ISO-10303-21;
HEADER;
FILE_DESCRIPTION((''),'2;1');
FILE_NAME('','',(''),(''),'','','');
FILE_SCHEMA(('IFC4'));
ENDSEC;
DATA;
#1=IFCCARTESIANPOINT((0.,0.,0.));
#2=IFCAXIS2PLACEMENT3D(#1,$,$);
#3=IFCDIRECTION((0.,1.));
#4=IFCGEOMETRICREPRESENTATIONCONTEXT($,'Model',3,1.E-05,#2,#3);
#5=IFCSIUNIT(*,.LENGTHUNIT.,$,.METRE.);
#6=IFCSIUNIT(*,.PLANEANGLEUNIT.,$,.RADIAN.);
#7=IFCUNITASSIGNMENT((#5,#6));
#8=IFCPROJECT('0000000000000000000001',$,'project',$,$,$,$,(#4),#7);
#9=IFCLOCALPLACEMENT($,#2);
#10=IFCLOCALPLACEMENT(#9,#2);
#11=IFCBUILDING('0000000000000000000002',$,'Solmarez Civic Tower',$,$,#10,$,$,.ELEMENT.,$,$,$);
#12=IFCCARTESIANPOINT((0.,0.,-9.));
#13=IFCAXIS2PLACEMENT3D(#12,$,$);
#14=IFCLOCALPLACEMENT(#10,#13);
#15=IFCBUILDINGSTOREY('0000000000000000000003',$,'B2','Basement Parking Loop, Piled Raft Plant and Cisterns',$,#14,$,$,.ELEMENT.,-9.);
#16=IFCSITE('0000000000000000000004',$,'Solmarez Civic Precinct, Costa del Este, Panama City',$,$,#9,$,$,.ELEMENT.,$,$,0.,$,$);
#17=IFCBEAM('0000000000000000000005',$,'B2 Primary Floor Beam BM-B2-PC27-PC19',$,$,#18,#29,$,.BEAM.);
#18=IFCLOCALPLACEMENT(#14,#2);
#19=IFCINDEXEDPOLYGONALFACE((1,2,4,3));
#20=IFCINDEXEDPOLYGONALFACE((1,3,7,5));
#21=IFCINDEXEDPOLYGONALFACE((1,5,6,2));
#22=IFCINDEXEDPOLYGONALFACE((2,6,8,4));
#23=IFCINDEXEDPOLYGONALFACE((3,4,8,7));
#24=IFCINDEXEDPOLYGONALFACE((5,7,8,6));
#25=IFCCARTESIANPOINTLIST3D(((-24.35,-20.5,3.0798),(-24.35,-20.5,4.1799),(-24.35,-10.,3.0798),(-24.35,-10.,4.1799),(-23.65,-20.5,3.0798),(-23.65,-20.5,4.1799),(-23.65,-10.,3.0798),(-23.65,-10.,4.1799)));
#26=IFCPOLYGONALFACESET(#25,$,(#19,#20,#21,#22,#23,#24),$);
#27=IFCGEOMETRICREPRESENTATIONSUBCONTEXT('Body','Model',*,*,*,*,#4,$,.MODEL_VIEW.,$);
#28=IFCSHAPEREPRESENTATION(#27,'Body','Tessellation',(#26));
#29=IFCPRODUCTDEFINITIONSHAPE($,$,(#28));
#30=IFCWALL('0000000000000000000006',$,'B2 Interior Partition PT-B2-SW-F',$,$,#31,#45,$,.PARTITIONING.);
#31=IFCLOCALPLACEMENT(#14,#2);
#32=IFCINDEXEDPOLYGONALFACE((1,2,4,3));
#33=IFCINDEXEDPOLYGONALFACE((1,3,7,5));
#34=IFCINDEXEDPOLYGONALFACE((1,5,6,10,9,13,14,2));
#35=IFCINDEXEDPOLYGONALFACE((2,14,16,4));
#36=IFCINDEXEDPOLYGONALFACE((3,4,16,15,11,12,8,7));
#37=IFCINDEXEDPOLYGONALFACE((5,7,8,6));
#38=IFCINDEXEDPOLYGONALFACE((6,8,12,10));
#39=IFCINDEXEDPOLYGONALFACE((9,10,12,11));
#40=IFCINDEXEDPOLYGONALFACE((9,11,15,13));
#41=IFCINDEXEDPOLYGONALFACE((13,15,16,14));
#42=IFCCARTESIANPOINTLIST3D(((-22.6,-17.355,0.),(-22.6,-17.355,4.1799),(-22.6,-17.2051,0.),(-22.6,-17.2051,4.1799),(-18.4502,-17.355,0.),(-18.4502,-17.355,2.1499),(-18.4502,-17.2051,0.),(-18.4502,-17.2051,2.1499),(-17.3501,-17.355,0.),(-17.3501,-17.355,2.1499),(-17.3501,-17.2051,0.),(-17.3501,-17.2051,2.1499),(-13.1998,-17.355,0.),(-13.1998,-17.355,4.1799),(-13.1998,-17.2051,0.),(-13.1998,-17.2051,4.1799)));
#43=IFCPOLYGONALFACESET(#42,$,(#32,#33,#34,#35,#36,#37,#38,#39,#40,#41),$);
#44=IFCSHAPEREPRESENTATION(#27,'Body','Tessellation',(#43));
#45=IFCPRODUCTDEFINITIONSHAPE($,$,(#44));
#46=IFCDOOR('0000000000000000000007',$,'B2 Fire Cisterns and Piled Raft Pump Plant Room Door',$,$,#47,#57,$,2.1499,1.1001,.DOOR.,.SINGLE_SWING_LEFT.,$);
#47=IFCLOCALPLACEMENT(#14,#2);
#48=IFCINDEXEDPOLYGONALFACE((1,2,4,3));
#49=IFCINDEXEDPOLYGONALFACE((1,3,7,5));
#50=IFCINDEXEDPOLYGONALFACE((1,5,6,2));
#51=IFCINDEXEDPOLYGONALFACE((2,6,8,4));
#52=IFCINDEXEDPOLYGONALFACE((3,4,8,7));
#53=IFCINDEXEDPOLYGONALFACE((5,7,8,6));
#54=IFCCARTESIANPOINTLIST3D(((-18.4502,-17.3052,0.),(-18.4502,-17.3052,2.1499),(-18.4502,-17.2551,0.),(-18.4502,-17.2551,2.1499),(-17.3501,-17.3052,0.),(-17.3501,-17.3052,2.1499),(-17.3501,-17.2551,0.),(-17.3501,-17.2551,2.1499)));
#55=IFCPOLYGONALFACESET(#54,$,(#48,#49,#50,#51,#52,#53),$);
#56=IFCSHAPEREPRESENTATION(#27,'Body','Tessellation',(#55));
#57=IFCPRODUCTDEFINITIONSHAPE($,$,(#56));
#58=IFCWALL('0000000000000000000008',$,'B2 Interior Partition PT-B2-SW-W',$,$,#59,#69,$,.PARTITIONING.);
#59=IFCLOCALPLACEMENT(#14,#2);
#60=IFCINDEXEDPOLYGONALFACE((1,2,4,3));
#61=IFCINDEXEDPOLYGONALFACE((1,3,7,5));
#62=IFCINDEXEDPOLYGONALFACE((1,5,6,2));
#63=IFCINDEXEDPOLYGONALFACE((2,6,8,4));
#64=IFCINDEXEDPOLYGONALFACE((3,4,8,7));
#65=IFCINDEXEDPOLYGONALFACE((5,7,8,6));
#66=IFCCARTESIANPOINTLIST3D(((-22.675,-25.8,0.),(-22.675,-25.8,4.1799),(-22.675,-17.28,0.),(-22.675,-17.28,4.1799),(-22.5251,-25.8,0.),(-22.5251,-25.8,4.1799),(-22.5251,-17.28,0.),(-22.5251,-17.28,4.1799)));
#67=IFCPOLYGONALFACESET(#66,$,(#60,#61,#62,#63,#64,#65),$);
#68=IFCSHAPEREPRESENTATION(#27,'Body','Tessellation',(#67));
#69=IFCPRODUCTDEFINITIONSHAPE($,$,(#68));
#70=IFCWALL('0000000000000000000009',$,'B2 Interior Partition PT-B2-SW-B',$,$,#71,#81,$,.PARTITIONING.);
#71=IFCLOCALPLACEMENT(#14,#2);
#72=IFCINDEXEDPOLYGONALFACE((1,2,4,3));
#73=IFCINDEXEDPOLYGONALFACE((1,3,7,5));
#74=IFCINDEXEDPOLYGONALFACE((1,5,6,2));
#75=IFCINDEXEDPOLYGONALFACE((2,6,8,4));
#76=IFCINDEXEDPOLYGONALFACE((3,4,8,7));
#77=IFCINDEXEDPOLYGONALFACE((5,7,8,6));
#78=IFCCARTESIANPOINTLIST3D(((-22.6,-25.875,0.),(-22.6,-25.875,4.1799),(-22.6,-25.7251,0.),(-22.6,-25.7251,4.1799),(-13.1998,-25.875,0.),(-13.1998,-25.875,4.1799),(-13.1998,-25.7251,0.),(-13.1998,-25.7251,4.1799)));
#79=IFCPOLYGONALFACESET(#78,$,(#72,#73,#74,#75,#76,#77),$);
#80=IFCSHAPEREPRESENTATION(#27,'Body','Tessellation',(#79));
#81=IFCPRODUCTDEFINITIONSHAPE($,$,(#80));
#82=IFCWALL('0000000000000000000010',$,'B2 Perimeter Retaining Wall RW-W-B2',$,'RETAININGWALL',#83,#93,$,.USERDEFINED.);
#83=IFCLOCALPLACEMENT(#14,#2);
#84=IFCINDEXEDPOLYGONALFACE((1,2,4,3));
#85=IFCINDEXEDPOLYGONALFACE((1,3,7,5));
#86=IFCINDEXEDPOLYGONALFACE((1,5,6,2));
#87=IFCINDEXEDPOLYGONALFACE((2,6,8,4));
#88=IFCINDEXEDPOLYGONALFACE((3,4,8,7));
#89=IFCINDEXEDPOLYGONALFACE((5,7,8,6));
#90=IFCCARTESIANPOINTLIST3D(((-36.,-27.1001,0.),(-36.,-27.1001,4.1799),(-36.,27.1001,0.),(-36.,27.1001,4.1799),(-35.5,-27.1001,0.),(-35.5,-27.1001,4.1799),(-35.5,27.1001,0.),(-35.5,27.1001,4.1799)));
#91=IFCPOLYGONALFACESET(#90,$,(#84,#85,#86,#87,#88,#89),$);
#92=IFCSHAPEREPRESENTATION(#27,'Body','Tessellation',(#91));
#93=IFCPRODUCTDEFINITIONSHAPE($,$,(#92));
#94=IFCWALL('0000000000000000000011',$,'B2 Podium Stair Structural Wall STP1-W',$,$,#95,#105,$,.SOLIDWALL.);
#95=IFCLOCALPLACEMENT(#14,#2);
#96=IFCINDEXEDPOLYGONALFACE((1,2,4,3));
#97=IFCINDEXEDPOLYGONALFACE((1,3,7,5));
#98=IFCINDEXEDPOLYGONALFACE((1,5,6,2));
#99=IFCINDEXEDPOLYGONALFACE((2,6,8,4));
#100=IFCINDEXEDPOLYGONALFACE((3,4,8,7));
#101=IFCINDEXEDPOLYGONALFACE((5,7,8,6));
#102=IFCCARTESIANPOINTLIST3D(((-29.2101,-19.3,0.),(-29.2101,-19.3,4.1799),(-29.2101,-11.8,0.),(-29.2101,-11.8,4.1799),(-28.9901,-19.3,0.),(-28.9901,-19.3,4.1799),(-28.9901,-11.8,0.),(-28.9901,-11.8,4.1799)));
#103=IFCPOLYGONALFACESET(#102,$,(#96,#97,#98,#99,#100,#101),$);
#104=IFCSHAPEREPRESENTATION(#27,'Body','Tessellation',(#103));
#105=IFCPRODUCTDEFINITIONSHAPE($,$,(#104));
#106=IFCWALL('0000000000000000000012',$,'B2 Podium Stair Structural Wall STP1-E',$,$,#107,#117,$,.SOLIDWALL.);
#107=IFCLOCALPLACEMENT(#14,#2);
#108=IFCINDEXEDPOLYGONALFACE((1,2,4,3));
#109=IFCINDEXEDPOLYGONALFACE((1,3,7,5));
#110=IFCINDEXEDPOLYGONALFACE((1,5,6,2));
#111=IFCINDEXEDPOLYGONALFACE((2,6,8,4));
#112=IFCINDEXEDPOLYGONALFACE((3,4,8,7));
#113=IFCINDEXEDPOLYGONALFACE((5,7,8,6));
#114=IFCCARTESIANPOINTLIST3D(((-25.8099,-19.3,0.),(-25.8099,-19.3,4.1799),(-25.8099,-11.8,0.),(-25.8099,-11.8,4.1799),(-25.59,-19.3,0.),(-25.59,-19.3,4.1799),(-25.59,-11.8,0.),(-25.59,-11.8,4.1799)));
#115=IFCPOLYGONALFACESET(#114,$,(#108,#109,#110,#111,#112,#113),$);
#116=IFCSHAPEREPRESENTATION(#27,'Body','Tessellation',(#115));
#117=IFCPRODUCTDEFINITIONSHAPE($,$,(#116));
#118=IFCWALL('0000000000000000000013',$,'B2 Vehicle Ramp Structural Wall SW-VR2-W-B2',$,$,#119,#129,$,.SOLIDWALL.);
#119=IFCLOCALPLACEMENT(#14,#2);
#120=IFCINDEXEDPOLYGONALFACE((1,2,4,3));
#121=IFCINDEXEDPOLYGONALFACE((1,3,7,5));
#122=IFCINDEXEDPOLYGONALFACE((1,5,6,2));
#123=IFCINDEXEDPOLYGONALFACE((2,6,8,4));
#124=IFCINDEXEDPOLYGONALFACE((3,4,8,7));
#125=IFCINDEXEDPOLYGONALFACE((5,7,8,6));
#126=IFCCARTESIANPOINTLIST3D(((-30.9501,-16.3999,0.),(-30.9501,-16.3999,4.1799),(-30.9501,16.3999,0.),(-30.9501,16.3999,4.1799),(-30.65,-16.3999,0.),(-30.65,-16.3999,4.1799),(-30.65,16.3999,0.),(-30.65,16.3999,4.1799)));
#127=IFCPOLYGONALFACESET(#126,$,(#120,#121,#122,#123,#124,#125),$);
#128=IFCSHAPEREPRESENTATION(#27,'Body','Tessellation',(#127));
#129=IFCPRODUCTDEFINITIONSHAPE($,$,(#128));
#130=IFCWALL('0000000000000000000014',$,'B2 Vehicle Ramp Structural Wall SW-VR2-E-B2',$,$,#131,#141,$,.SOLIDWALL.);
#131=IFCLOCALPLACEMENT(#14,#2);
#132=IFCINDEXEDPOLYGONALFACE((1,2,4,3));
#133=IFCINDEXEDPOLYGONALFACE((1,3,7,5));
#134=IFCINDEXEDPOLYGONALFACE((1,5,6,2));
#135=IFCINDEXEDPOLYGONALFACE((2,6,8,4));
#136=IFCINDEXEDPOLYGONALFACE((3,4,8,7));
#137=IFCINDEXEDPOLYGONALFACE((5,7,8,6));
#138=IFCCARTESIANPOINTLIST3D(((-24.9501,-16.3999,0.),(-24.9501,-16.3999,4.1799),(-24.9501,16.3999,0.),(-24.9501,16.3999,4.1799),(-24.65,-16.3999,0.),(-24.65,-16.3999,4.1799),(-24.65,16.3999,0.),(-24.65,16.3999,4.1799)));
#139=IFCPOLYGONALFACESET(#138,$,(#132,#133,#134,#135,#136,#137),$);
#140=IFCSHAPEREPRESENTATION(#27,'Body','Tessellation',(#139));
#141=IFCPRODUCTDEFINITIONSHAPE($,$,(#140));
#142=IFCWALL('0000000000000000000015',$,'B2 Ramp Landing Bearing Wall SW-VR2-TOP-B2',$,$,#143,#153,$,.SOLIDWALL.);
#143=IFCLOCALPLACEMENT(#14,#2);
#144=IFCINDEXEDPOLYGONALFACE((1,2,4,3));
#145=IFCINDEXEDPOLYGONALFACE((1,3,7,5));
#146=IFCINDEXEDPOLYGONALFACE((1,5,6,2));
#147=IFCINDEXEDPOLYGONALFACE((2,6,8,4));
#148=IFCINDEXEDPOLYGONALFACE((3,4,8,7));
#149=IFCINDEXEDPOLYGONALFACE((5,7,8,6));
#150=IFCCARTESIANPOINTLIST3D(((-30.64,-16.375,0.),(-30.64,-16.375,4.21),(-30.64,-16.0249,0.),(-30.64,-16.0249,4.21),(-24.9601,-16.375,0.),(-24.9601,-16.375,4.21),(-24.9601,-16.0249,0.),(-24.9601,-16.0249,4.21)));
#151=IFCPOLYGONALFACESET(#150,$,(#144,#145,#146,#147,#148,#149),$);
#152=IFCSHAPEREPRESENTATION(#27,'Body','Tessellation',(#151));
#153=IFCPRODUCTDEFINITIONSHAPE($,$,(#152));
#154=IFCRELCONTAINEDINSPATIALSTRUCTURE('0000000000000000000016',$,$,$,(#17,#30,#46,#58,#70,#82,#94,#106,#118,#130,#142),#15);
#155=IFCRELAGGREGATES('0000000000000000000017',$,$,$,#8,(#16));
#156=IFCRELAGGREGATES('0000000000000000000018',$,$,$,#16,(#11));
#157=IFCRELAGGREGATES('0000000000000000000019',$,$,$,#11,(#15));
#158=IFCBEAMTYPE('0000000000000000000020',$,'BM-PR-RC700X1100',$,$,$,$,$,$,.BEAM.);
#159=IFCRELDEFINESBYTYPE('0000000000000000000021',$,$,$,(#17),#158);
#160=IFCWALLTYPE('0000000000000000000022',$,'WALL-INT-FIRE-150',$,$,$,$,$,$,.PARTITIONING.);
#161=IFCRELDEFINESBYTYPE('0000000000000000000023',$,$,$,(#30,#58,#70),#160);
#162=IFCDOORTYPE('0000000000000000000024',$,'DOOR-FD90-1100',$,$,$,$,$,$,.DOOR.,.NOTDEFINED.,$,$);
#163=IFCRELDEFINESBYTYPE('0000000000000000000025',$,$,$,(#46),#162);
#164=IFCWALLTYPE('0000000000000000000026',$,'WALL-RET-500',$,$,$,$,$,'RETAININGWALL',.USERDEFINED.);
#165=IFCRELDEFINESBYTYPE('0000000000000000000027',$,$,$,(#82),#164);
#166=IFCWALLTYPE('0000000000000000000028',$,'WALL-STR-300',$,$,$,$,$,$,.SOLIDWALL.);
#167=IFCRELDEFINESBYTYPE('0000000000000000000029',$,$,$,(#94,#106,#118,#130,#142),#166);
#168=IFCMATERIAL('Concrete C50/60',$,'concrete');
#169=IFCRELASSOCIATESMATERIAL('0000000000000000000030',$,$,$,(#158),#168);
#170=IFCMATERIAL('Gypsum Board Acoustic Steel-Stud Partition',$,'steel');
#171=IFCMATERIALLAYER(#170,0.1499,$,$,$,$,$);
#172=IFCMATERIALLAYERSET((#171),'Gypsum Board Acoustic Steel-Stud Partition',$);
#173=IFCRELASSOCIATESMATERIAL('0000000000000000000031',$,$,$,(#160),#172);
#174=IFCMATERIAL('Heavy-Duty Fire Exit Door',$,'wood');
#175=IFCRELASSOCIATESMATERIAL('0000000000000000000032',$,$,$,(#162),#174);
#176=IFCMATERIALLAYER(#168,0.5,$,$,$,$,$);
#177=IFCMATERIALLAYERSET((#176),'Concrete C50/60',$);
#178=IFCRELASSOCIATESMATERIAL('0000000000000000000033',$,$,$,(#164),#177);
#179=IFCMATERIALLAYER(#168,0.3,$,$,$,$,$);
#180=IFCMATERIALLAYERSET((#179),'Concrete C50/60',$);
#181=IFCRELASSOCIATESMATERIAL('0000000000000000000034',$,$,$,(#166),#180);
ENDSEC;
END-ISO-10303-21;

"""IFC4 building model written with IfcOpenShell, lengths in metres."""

from ifc_helpers import new_model, si_unit, direction, frame, frame_2d, origin, origin_2d, place, context, subcontext, project, spatial, rectangle, extrude, material, layer, layer_set, material_profile, profile_set, type_object, element, fill, save


model = new_model("IFC4")

# Units and contexts
model_context = context("Model", 3, precision=1e-05, world=origin(), true_north=direction((0.0, 1.0)))
body_context = subcontext(model_context, "Body", "Model", "MODEL_VIEW")
ifc_project = project(units=[si_unit("LENGTHUNIT", "METRE"), si_unit("PLANEANGLEUNIT", "RADIAN")], contexts=[model_context])

# Site, building, storey
site_placement = place(None, origin())
site = spatial("IfcSite", under=ifc_project, at=site_placement, Name="Solmarez Civic Precinct, Costa del Este, Panama City", CompositionType="ELEMENT", RefElevation=0.0)
building_placement = place(site_placement, origin())
building = spatial("IfcBuilding", under=site, at=building_placement, Name="Solmarez Civic Tower", CompositionType="ELEMENT")
storey_placement = place(building_placement, frame((0.0, 0.0, -9.0)))
storey = spatial("IfcBuildingStorey", under=building, at=storey_placement, Name="B2", Description="Basement Parking Loop, Piled Raft Plant and Cisterns", CompositionType="ELEMENT", Elevation=-9.0)

# Beam
ifc_material_1 = material(Name="Concrete C50/60", Category="concrete")
ifc_material_profile_1 = material_profile(ifc_material_1, rectangle(XDim=0.7, YDim=1.1001, at=origin_2d()), Name="RC700X1100")
ifc_profile_set_1 = profile_set([ifc_material_profile_1], Name="Concrete C50/60")
beam_type_1 = type_object("IfcBeamType", Name="BM-PR-RC700X1100", PredefinedType="BEAM", material=ifc_profile_set_1)
beam_1_placement = place(storey_placement, frame((-24.0, -20.5, 3.6299), z_axis=(0.0, 1.0, 0.0), x_axis=(-1.0, 0.0, 0.0)))
element("IfcBeam", 1, at=beam_1_placement, inside=storey, type_object=beam_type_1, Name="B2 Primary Floor Beam BM-B2-PC27-PC19", PredefinedType="BEAM", context=body_context, shape_type="SweptSolid", body=[
    extrude(rectangle(XDim=0.7, YDim=1.1001, at=origin_2d()), origin(), (0.0, 0.0, 1.0), 10.5),
])

# Wall, opening, door
ifc_material_2 = material(Name="Gypsum Board Acoustic Steel-Stud Partition", Category="steel")
ifc_layer_1 = layer(ifc_material_2, 0.1499)
ifc_layer_set_1 = layer_set([ifc_layer_1], Name="Gypsum Board Acoustic Steel-Stud Partition")
wall_type_1 = type_object("IfcWallType", Name="WALL-INT-FIRE-150", PredefinedType="PARTITIONING", material=ifc_layer_set_1)
wall_1_placement = place(storey_placement, frame((-22.6001, -17.28, 0.0), z_axis=(0.0, 0.0, 1.0), x_axis=(1.0, 0.0, 0.0)))
wall_1 = element("IfcWall", 2, at=wall_1_placement, inside=storey, type_object=wall_type_1, Name="B2 Interior Partition PT-B2-SW-F", PredefinedType="PARTITIONING", context=body_context, shape_type="SweptSolid", body=[
    extrude(rectangle(XDim=9.4001, YDim=0.1499, at=frame_2d((4.7002, 0.0))), origin(), (0.0, 0.0, 1.0), 4.1799),
])
opening_placement = place(wall_1_placement, frame((4.1499, 0.0, 0.0)))
opening = element("IfcOpeningElement", 3, at=opening_placement, cuts=wall_1, PredefinedType="OPENING", context=body_context, shape_type="SweptSolid", body=[
    extrude(rectangle(XDim=1.1001, YDim=2.1499, at=frame_2d((0.55, 1.075))), frame((0.0, 0.085, 0.0), z_axis=(0.0, -1.0, 0.0), x_axis=(1.0, 0.0, 0.0)), (0.0, 0.0, 1.0), 0.1699),
])
ifc_material_3 = material(Name="Heavy-Duty Fire Exit Door", Category="wood")
door_type = type_object("IfcDoorType", Name="DOOR-FD90-1100", OperationType="NOTDEFINED", PredefinedType="DOOR", material=ifc_material_3)
door_placement = place(opening_placement, origin())
door = element("IfcDoor", 4, at=door_placement, inside=storey, type_object=door_type, Name="B2 Fire Cisterns and Piled Raft Pump Plant Room Door", OperationType="SINGLE_SWING_LEFT", OverallHeight=2.1499, OverallWidth=1.1001, PredefinedType="DOOR", context=body_context, shape_type="SweptSolid", body=[
    extrude(rectangle(XDim=1.1001, YDim=2.1499, at=frame_2d((0.55, 1.075))), frame((0.0, 0.0249, 0.0), z_axis=(0.0, -1.0, 0.0), x_axis=(1.0, 0.0, 0.0)), (0.0, 0.0, 1.0), 0.05),
])
fill(opening, door)

# Walls
wall_2_placement = place(storey_placement, frame((-22.6001, -25.8, 0.0), z_axis=(0.0, 0.0, 1.0), x_axis=(0.0, 1.0, 0.0)))
element("IfcWall", 5, at=wall_2_placement, inside=storey, type_object=wall_type_1, Name="B2 Interior Partition PT-B2-SW-W", PredefinedType="PARTITIONING", context=body_context, shape_type="SweptSolid", body=[
    extrude(rectangle(XDim=8.52, YDim=0.1499, at=frame_2d((4.26, 0.0))), origin(), (0.0, 0.0, 1.0), 4.1799),
])
wall_3_placement = place(storey_placement, frame((-22.6001, -25.8, 0.0), z_axis=(0.0, 0.0, 1.0), x_axis=(1.0, 0.0, 0.0)))
element("IfcWall", 6, at=wall_3_placement, inside=storey, type_object=wall_type_1, Name="B2 Interior Partition PT-B2-SW-B", PredefinedType="PARTITIONING", context=body_context, shape_type="SweptSolid", body=[
    extrude(rectangle(XDim=9.4001, YDim=0.1499, at=frame_2d((4.7002, 0.0))), origin(), (0.0, 0.0, 1.0), 4.1799),
])
ifc_layer_2 = layer(ifc_material_1, 0.5)
ifc_layer_set_2 = layer_set([ifc_layer_2], Name="Concrete C50/60")
wall_type_2 = type_object("IfcWallType", Name="WALL-RET-500", ElementType="RETAININGWALL", PredefinedType="USERDEFINED", material=ifc_layer_set_2)
wall_4_placement = place(storey_placement, frame((-35.75, -27.1001, 0.0), z_axis=(0.0, 0.0, 1.0), x_axis=(0.0, 1.0, 0.0)))
element("IfcWall", 7, at=wall_4_placement, inside=storey, type_object=wall_type_2, Name="B2 Perimeter Retaining Wall RW-W-B2", ObjectType="RETAININGWALL", PredefinedType="USERDEFINED", context=body_context, shape_type="SweptSolid", body=[
    extrude(rectangle(XDim=54.2002, YDim=0.5, at=frame_2d((27.1001, 0.0))), origin(), (0.0, 0.0, 1.0), 4.1799),
])
ifc_layer_3 = layer(ifc_material_1, 0.3)
ifc_layer_set_3 = layer_set([ifc_layer_3], Name="Concrete C50/60")
wall_type_3 = type_object("IfcWallType", Name="WALL-STR-300", PredefinedType="SOLIDWALL", material=ifc_layer_set_3)
for number, where, z_axis, x_axis, name in (
    (8, (-29.1001, -19.3, 0.0), (0.0, 0.0, 1.0), (0.0, 1.0, 0.0), "B2 Podium Stair Structural Wall STP1-W"),
    (9, (-25.7, -19.3, 0.0), (0.0, 0.0, 1.0), (0.0, 1.0, 0.0), "B2 Podium Stair Structural Wall STP1-E"),
):
    element("IfcWall", number, at=place(storey_placement, frame(where, z_axis=z_axis, x_axis=x_axis)), inside=storey, type_object=wall_type_3, Name=name, PredefinedType="SOLIDWALL", context=body_context, shape_type="SweptSolid", body=[
        extrude(rectangle(XDim=7.5, YDim=0.22, at=frame_2d((3.75, 0.0))), origin(), (0.0, 0.0, 1.0), 4.1799),
    ])
for number, where, z_axis, x_axis, name in (
    (10, (-30.8, -16.3999, 0.0), (0.0, 0.0, 1.0), (0.0, 1.0, 0.0), "B2 Vehicle Ramp Structural Wall SW-VR2-W-B2"),
    (11, (-24.8, -16.3999, 0.0), (0.0, 0.0, 1.0), (0.0, 1.0, 0.0), "B2 Vehicle Ramp Structural Wall SW-VR2-E-B2"),
):
    element("IfcWall", number, at=place(storey_placement, frame(where, z_axis=z_axis, x_axis=x_axis)), inside=storey, type_object=wall_type_3, Name=name, PredefinedType="SOLIDWALL", context=body_context, shape_type="SweptSolid", body=[
        extrude(rectangle(XDim=32.7998, YDim=0.3, at=frame_2d((16.3999, 0.0))), origin(), (0.0, 0.0, 1.0), 4.1799),
    ])
wall_5_placement = place(storey_placement, frame((-30.6399, -16.2, 0.0), z_axis=(0.0, 0.0, 1.0), x_axis=(1.0, 0.0, 0.0)))
element("IfcWall", 12, at=wall_5_placement, inside=storey, type_object=wall_type_3, Name="B2 Ramp Landing Bearing Wall SW-VR2-TOP-B2", PredefinedType="SOLIDWALL", context=body_context, shape_type="SweptSolid", body=[
    extrude(rectangle(XDim=5.6799, YDim=0.3501, at=frame_2d((2.8398, 0.0))), origin(), (0.0, 0.0, 1.0), 4.21),
])

save(model, "model.ifc")
